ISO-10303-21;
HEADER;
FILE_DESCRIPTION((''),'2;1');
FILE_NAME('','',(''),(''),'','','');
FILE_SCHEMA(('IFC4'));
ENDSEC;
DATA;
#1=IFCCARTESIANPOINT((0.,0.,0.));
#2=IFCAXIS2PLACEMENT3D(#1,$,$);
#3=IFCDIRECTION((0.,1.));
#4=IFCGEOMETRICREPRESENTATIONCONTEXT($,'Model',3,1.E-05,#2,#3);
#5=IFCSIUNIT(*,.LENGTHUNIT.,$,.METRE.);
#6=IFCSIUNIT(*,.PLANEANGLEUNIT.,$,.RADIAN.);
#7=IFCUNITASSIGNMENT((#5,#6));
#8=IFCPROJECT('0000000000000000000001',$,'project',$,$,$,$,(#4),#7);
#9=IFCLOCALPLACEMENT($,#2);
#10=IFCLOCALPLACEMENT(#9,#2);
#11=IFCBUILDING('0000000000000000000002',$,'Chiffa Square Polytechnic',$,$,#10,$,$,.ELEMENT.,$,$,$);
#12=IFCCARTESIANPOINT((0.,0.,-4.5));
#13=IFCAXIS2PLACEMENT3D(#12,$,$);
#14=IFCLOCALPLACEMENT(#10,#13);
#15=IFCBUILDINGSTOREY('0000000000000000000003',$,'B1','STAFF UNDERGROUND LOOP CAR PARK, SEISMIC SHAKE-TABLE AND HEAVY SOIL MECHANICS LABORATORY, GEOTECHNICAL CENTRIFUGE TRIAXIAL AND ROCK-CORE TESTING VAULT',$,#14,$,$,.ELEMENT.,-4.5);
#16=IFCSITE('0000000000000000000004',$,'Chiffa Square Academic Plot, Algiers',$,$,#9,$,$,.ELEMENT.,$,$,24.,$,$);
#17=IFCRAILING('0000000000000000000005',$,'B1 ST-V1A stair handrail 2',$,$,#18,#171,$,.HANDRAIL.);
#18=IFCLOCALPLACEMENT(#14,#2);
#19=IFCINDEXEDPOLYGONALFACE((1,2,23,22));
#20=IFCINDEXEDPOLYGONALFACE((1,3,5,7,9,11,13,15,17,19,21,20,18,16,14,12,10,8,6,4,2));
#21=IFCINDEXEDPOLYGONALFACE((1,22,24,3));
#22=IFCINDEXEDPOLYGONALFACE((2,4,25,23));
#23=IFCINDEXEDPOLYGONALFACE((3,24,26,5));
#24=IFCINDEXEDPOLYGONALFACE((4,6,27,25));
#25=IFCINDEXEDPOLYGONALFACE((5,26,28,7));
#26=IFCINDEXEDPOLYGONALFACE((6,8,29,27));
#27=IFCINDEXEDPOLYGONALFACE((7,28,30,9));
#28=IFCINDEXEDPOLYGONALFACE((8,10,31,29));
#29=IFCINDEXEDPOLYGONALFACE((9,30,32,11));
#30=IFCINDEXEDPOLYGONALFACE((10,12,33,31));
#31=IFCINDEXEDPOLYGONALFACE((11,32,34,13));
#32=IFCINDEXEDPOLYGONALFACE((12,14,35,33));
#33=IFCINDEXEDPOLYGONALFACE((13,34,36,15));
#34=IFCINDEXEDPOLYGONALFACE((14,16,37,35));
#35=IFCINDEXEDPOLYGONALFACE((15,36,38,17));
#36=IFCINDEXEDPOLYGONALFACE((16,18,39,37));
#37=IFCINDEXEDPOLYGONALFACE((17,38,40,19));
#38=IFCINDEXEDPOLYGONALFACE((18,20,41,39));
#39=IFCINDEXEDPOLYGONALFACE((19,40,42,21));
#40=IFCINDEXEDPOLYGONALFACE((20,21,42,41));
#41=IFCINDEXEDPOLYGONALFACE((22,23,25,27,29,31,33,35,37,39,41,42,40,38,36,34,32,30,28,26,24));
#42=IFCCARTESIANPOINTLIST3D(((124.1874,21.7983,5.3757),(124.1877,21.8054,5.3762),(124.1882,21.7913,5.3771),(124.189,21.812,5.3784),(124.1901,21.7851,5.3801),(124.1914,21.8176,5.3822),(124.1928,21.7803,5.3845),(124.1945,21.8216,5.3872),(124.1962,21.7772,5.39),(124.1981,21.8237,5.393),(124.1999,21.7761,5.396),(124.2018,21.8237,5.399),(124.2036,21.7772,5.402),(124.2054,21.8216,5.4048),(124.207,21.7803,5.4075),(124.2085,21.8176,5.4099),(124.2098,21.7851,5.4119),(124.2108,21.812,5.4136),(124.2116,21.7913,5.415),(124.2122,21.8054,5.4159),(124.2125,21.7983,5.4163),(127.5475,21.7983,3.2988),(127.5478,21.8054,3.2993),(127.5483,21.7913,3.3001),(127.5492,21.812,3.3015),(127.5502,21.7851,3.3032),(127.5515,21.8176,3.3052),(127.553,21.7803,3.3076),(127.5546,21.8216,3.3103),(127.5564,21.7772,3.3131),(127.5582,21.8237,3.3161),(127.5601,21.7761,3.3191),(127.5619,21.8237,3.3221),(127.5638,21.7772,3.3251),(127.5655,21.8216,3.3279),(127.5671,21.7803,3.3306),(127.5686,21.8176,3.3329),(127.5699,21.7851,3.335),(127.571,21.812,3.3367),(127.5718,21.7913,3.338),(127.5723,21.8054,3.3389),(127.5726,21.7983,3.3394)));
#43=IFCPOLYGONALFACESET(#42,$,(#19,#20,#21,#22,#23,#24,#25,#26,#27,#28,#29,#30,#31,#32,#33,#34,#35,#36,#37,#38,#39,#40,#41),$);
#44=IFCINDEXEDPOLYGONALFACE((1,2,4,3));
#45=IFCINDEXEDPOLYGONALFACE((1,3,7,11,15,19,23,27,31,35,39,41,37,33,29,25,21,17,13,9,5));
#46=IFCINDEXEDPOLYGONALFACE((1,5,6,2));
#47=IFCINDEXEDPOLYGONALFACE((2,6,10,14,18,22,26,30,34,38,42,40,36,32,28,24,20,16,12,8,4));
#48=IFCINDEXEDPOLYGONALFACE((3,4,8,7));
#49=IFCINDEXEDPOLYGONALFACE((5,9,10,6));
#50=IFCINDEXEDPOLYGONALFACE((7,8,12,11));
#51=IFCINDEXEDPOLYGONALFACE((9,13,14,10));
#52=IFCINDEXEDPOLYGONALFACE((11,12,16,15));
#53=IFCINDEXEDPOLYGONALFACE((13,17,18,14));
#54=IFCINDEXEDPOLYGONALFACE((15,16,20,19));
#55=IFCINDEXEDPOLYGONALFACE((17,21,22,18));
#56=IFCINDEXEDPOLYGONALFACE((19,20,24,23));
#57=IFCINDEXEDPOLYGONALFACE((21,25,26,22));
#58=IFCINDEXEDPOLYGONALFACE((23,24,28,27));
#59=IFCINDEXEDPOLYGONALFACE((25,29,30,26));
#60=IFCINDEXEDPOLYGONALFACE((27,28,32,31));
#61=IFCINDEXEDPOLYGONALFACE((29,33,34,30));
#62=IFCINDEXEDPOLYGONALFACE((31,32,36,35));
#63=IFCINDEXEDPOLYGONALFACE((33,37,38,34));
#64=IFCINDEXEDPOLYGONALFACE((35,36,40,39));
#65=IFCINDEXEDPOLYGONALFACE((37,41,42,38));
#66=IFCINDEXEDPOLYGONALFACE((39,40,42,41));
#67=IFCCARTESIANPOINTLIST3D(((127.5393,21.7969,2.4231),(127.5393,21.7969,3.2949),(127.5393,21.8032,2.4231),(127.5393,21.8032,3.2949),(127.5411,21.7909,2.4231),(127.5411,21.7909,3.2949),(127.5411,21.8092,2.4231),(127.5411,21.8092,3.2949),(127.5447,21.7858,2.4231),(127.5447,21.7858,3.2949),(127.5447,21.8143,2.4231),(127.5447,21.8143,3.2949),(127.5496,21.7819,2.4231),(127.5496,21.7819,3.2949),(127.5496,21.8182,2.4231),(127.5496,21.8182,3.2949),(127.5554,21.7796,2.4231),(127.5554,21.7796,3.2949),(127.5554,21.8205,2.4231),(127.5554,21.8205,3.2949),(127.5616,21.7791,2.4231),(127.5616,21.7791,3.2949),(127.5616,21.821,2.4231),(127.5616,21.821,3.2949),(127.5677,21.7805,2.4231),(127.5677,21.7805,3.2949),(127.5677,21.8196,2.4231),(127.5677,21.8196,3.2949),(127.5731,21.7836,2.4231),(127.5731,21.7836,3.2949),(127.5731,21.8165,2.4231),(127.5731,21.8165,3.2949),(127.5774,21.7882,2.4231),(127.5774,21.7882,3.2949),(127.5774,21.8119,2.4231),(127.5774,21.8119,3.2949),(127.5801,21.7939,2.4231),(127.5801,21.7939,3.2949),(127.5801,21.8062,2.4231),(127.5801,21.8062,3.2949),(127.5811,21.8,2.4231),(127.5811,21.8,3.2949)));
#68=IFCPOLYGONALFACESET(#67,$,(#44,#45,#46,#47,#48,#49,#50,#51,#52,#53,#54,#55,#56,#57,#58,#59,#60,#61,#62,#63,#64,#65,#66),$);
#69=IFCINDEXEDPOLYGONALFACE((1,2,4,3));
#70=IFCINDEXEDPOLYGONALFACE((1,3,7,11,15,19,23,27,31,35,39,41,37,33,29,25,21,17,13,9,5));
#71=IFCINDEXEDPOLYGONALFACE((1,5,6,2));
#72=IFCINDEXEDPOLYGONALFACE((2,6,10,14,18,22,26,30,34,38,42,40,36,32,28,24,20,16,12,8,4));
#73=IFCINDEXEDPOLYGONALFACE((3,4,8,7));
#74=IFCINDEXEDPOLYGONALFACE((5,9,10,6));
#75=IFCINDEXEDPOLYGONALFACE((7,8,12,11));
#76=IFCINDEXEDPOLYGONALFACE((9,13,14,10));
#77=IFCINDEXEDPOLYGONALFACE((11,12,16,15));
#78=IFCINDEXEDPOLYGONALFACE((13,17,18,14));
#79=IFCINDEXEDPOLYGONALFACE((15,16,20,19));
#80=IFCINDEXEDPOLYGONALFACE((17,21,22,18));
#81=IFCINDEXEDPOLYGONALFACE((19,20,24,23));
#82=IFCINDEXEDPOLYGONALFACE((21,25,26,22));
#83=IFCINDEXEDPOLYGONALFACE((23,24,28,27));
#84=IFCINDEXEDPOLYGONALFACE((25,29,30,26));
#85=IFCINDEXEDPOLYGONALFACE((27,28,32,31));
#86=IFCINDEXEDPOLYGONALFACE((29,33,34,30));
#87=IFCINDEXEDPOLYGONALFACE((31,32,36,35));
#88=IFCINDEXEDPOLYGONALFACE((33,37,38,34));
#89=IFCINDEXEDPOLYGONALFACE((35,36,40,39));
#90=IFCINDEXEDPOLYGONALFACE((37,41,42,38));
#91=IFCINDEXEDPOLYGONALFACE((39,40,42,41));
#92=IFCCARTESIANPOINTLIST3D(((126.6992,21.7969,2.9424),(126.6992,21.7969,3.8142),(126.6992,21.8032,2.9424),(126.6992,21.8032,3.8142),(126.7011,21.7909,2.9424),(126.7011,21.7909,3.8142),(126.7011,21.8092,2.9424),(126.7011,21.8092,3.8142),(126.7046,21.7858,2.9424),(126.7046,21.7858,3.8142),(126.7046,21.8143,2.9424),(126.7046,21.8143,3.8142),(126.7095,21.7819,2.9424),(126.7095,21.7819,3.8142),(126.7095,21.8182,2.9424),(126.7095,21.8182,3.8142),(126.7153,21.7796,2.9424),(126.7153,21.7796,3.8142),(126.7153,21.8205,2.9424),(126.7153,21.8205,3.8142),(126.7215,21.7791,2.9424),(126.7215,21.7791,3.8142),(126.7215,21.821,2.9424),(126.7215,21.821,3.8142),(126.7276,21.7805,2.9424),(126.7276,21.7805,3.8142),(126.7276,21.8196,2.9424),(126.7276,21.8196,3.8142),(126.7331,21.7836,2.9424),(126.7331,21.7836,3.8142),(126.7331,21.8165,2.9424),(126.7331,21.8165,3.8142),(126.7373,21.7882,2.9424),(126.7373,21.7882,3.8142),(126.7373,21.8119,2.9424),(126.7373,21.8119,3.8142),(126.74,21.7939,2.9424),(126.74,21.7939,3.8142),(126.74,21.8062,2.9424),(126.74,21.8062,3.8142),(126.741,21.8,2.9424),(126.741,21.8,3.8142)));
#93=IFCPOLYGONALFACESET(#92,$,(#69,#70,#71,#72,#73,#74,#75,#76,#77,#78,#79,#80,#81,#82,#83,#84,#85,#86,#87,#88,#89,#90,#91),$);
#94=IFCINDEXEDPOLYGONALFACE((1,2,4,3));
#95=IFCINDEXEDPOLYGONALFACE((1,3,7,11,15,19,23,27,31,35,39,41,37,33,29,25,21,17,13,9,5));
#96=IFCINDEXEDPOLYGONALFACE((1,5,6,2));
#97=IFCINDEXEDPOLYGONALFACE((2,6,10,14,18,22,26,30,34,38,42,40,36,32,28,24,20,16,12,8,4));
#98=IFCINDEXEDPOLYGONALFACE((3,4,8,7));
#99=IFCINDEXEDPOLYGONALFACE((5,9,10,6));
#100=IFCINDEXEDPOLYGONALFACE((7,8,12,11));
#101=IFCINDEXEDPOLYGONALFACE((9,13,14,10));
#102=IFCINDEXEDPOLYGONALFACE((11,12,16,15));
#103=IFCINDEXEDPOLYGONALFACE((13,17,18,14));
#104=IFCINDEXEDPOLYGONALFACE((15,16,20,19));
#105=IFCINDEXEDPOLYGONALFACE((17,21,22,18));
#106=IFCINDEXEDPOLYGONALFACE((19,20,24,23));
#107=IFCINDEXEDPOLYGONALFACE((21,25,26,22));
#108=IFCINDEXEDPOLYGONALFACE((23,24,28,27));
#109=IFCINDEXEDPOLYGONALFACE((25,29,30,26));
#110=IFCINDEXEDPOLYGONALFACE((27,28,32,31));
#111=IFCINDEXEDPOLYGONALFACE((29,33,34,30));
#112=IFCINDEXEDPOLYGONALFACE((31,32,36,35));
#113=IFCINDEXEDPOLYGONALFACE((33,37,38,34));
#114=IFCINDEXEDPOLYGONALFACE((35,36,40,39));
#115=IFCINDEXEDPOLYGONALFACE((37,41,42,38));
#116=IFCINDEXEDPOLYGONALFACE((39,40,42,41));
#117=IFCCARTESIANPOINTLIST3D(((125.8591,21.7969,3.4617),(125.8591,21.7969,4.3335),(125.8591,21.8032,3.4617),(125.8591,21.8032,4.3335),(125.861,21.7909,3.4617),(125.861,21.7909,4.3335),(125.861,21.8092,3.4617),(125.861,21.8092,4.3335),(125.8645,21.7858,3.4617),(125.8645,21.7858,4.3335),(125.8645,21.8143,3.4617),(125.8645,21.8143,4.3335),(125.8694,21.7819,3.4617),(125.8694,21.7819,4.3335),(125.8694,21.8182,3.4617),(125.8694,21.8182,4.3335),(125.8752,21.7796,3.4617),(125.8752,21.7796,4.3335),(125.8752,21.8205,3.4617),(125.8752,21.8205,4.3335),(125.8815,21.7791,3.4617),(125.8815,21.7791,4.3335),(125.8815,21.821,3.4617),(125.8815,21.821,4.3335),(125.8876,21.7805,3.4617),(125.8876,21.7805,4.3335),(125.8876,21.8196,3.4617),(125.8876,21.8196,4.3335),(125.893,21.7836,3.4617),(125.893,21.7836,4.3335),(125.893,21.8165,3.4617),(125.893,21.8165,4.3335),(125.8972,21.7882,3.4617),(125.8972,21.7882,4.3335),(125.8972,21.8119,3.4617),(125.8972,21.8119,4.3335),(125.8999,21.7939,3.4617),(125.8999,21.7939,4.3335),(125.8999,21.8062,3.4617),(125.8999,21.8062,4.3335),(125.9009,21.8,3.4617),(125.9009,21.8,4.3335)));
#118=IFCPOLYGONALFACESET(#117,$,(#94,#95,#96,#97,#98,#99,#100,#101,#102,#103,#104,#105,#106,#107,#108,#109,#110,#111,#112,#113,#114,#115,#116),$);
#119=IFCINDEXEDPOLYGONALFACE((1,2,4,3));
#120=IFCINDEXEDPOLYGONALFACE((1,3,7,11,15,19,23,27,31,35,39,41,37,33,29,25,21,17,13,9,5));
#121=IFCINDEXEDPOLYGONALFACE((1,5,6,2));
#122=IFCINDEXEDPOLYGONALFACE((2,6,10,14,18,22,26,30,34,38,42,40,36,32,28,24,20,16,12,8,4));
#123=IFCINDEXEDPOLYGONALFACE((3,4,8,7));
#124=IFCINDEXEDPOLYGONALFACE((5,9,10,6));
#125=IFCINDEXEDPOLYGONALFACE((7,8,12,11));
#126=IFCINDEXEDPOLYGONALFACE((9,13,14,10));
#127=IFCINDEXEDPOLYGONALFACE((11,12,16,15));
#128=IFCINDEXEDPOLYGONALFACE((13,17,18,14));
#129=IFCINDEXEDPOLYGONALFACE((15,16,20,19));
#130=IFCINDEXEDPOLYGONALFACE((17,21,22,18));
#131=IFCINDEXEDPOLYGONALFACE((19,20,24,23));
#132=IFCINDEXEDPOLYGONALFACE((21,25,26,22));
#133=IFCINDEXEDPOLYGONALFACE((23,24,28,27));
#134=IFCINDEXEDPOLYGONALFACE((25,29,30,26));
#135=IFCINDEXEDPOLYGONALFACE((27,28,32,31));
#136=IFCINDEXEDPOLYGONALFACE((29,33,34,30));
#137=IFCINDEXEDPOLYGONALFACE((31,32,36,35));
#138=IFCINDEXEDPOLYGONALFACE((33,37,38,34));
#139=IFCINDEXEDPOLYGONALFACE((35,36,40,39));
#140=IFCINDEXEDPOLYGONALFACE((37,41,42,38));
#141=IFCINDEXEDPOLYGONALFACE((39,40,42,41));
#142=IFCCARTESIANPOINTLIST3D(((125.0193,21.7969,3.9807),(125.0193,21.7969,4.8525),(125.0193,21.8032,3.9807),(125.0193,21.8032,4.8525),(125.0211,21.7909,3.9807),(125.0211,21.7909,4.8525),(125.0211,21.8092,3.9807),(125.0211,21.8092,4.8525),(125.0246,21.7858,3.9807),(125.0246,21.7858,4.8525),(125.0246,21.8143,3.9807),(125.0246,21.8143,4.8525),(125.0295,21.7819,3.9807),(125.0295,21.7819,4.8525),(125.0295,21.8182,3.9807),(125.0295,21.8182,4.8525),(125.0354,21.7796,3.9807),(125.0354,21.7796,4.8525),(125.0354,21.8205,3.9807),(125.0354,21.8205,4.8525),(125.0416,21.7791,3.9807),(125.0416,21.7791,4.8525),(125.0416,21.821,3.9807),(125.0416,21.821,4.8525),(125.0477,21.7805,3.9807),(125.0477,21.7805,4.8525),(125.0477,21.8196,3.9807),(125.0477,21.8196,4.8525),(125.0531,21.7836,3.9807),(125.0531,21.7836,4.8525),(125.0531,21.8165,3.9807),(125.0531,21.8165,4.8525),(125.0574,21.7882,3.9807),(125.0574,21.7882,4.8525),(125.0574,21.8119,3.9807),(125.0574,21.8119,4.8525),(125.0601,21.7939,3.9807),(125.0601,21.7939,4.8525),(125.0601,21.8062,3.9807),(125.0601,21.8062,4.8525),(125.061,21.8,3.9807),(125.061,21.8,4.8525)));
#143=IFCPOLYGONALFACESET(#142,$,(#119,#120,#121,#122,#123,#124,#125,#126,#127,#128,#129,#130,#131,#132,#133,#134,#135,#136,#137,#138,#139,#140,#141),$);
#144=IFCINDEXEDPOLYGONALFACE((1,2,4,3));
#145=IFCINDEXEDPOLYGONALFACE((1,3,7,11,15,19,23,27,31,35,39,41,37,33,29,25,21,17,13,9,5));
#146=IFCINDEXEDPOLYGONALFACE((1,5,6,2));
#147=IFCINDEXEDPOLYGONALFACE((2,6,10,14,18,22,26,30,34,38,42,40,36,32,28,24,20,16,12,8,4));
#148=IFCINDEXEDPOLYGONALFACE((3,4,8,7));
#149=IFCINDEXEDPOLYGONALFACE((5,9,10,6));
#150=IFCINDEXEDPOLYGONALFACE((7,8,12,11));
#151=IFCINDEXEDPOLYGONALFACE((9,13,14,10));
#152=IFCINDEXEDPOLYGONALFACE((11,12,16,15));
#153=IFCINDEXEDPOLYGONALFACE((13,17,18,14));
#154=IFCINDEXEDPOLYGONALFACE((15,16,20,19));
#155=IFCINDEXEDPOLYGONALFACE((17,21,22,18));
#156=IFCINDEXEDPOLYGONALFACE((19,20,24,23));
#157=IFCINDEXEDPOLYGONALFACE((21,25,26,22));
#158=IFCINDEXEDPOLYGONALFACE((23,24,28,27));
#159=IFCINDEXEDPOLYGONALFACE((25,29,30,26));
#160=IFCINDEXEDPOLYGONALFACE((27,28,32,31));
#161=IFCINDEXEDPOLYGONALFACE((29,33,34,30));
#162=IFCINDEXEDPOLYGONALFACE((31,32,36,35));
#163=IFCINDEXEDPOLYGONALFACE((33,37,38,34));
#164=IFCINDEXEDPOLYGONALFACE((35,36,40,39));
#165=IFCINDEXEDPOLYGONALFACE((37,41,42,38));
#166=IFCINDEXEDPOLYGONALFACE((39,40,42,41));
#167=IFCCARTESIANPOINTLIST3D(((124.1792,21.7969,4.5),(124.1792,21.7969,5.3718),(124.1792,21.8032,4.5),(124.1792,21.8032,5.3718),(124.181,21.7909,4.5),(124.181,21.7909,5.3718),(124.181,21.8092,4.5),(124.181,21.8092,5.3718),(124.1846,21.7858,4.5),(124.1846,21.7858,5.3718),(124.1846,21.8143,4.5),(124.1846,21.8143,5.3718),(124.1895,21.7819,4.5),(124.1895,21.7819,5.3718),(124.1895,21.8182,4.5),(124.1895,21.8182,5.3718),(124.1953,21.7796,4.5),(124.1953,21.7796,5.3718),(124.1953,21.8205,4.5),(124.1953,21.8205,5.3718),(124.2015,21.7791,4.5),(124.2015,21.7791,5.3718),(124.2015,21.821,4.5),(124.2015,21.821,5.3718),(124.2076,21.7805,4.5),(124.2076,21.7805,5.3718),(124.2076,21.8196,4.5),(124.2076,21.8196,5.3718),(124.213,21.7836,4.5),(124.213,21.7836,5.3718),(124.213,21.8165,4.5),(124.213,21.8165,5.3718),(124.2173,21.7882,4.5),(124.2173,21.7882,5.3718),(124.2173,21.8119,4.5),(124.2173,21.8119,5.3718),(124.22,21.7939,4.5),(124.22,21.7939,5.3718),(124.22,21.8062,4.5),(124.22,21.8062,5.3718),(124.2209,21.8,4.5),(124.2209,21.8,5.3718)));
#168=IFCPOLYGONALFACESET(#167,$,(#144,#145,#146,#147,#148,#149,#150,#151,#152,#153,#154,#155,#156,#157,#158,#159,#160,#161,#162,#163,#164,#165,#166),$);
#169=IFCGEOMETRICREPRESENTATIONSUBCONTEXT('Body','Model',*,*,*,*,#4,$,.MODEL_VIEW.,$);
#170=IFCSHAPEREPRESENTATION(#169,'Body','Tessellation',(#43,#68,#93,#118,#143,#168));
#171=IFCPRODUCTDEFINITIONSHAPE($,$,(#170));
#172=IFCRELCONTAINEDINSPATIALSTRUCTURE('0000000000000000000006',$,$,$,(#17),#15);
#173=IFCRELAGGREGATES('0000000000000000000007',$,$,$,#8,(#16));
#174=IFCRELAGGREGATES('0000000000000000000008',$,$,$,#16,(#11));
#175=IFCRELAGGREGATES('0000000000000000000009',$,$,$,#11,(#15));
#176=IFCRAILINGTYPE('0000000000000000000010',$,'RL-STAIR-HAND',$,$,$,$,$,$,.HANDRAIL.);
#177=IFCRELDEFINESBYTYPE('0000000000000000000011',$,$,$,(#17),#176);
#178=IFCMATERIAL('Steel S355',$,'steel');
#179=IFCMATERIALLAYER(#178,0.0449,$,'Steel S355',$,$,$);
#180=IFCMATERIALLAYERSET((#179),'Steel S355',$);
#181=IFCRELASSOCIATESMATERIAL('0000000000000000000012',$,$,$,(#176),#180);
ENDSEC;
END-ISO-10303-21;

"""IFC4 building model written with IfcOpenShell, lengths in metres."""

from ifc_helpers import new_model, si_unit, direction, frame, origin, origin_2d, place, context, subcontext, project, spatial, circle, extrude, material, layer, layer_set, type_object, element, save


model = new_model("IFC4")

# Units and contexts
model_context = context("Model", 3, precision=1e-05, world=origin(), true_north=direction((0.0, 1.0)))
body_context = subcontext(model_context, "Body", "Model", "MODEL_VIEW")
ifc_project = project(units=[si_unit("LENGTHUNIT", "METRE"), si_unit("PLANEANGLEUNIT", "RADIAN")], contexts=[model_context])

# Site, building, storey
site_placement = place(None, origin())
site = spatial("IfcSite", under=ifc_project, at=site_placement, Name="Chiffa Square Academic Plot, Algiers", CompositionType="ELEMENT", RefElevation=24.0)
building_placement = place(site_placement, origin())
building = spatial("IfcBuilding", under=site, at=building_placement, Name="Chiffa Square Polytechnic", CompositionType="ELEMENT")
storey_placement = place(building_placement, frame((0.0, 0.0, -4.5)))
storey = spatial("IfcBuildingStorey", under=building, at=storey_placement, Name="B1", Description="STAFF UNDERGROUND LOOP CAR PARK, SEISMIC SHAKE-TABLE AND HEAVY SOIL MECHANICS LABORATORY, GEOTECHNICAL CENTRIFUGE TRIAXIAL AND ROCK-CORE TESTING VAULT", CompositionType="ELEMENT", Elevation=-4.5)

# Railing
ifc_material_1 = material(Name="Steel S355", Category="steel")
ifc_layer_1 = layer(ifc_material_1, 0.0449, Name="Steel S355")
ifc_layer_set_1 = layer_set([ifc_layer_1], Name="Steel S355")
railing_type_1 = type_object("IfcRailingType", Name="RL-STAIR-HAND", PredefinedType="HANDRAIL", material=ifc_layer_set_1)
railing_1_placement = place(storey_placement, frame((127.5601, 21.8, 2.4231)))
element("IfcRailing", 1, at=railing_1_placement, inside=storey, type_object=railing_type_1, Name="B1 ST-V1A stair handrail 2", PredefinedType="HANDRAIL", context=body_context, shape_type="SweptSolid", body=[
    extrude(circle(Radius=0.0239, at=origin_2d()), frame((0.0, 0.0, 0.896), z_axis=(-0.850623, 0.0, 0.525776), x_axis=(0.0, -1.0, 0.0)), (0.0, 0.0, 1.0), 3.9502),
    extrude(circle(Radius=0.021, at=origin_2d()), origin(), (0.0, 0.0, 1.0), 0.8718),
    extrude(circle(Radius=0.021, at=origin_2d()), frame((-0.8401, 0.0, 0.5193)), (0.0, 0.0, 1.0), 0.8718),
    extrude(circle(Radius=0.021, at=origin_2d()), frame((-1.6802, 0.0, 1.0386)), (0.0, 0.0, 1.0), 0.8718),
    extrude(circle(Radius=0.021, at=origin_2d()), frame((-2.52, 0.0, 1.5576)), (0.0, 0.0, 1.0), 0.8718),
    extrude(circle(Radius=0.021, at=origin_2d()), frame((-3.3601, 0.0, 2.0769)), (0.0, 0.0, 1.0), 0.8718),
])

save(model, "model.ifc")
